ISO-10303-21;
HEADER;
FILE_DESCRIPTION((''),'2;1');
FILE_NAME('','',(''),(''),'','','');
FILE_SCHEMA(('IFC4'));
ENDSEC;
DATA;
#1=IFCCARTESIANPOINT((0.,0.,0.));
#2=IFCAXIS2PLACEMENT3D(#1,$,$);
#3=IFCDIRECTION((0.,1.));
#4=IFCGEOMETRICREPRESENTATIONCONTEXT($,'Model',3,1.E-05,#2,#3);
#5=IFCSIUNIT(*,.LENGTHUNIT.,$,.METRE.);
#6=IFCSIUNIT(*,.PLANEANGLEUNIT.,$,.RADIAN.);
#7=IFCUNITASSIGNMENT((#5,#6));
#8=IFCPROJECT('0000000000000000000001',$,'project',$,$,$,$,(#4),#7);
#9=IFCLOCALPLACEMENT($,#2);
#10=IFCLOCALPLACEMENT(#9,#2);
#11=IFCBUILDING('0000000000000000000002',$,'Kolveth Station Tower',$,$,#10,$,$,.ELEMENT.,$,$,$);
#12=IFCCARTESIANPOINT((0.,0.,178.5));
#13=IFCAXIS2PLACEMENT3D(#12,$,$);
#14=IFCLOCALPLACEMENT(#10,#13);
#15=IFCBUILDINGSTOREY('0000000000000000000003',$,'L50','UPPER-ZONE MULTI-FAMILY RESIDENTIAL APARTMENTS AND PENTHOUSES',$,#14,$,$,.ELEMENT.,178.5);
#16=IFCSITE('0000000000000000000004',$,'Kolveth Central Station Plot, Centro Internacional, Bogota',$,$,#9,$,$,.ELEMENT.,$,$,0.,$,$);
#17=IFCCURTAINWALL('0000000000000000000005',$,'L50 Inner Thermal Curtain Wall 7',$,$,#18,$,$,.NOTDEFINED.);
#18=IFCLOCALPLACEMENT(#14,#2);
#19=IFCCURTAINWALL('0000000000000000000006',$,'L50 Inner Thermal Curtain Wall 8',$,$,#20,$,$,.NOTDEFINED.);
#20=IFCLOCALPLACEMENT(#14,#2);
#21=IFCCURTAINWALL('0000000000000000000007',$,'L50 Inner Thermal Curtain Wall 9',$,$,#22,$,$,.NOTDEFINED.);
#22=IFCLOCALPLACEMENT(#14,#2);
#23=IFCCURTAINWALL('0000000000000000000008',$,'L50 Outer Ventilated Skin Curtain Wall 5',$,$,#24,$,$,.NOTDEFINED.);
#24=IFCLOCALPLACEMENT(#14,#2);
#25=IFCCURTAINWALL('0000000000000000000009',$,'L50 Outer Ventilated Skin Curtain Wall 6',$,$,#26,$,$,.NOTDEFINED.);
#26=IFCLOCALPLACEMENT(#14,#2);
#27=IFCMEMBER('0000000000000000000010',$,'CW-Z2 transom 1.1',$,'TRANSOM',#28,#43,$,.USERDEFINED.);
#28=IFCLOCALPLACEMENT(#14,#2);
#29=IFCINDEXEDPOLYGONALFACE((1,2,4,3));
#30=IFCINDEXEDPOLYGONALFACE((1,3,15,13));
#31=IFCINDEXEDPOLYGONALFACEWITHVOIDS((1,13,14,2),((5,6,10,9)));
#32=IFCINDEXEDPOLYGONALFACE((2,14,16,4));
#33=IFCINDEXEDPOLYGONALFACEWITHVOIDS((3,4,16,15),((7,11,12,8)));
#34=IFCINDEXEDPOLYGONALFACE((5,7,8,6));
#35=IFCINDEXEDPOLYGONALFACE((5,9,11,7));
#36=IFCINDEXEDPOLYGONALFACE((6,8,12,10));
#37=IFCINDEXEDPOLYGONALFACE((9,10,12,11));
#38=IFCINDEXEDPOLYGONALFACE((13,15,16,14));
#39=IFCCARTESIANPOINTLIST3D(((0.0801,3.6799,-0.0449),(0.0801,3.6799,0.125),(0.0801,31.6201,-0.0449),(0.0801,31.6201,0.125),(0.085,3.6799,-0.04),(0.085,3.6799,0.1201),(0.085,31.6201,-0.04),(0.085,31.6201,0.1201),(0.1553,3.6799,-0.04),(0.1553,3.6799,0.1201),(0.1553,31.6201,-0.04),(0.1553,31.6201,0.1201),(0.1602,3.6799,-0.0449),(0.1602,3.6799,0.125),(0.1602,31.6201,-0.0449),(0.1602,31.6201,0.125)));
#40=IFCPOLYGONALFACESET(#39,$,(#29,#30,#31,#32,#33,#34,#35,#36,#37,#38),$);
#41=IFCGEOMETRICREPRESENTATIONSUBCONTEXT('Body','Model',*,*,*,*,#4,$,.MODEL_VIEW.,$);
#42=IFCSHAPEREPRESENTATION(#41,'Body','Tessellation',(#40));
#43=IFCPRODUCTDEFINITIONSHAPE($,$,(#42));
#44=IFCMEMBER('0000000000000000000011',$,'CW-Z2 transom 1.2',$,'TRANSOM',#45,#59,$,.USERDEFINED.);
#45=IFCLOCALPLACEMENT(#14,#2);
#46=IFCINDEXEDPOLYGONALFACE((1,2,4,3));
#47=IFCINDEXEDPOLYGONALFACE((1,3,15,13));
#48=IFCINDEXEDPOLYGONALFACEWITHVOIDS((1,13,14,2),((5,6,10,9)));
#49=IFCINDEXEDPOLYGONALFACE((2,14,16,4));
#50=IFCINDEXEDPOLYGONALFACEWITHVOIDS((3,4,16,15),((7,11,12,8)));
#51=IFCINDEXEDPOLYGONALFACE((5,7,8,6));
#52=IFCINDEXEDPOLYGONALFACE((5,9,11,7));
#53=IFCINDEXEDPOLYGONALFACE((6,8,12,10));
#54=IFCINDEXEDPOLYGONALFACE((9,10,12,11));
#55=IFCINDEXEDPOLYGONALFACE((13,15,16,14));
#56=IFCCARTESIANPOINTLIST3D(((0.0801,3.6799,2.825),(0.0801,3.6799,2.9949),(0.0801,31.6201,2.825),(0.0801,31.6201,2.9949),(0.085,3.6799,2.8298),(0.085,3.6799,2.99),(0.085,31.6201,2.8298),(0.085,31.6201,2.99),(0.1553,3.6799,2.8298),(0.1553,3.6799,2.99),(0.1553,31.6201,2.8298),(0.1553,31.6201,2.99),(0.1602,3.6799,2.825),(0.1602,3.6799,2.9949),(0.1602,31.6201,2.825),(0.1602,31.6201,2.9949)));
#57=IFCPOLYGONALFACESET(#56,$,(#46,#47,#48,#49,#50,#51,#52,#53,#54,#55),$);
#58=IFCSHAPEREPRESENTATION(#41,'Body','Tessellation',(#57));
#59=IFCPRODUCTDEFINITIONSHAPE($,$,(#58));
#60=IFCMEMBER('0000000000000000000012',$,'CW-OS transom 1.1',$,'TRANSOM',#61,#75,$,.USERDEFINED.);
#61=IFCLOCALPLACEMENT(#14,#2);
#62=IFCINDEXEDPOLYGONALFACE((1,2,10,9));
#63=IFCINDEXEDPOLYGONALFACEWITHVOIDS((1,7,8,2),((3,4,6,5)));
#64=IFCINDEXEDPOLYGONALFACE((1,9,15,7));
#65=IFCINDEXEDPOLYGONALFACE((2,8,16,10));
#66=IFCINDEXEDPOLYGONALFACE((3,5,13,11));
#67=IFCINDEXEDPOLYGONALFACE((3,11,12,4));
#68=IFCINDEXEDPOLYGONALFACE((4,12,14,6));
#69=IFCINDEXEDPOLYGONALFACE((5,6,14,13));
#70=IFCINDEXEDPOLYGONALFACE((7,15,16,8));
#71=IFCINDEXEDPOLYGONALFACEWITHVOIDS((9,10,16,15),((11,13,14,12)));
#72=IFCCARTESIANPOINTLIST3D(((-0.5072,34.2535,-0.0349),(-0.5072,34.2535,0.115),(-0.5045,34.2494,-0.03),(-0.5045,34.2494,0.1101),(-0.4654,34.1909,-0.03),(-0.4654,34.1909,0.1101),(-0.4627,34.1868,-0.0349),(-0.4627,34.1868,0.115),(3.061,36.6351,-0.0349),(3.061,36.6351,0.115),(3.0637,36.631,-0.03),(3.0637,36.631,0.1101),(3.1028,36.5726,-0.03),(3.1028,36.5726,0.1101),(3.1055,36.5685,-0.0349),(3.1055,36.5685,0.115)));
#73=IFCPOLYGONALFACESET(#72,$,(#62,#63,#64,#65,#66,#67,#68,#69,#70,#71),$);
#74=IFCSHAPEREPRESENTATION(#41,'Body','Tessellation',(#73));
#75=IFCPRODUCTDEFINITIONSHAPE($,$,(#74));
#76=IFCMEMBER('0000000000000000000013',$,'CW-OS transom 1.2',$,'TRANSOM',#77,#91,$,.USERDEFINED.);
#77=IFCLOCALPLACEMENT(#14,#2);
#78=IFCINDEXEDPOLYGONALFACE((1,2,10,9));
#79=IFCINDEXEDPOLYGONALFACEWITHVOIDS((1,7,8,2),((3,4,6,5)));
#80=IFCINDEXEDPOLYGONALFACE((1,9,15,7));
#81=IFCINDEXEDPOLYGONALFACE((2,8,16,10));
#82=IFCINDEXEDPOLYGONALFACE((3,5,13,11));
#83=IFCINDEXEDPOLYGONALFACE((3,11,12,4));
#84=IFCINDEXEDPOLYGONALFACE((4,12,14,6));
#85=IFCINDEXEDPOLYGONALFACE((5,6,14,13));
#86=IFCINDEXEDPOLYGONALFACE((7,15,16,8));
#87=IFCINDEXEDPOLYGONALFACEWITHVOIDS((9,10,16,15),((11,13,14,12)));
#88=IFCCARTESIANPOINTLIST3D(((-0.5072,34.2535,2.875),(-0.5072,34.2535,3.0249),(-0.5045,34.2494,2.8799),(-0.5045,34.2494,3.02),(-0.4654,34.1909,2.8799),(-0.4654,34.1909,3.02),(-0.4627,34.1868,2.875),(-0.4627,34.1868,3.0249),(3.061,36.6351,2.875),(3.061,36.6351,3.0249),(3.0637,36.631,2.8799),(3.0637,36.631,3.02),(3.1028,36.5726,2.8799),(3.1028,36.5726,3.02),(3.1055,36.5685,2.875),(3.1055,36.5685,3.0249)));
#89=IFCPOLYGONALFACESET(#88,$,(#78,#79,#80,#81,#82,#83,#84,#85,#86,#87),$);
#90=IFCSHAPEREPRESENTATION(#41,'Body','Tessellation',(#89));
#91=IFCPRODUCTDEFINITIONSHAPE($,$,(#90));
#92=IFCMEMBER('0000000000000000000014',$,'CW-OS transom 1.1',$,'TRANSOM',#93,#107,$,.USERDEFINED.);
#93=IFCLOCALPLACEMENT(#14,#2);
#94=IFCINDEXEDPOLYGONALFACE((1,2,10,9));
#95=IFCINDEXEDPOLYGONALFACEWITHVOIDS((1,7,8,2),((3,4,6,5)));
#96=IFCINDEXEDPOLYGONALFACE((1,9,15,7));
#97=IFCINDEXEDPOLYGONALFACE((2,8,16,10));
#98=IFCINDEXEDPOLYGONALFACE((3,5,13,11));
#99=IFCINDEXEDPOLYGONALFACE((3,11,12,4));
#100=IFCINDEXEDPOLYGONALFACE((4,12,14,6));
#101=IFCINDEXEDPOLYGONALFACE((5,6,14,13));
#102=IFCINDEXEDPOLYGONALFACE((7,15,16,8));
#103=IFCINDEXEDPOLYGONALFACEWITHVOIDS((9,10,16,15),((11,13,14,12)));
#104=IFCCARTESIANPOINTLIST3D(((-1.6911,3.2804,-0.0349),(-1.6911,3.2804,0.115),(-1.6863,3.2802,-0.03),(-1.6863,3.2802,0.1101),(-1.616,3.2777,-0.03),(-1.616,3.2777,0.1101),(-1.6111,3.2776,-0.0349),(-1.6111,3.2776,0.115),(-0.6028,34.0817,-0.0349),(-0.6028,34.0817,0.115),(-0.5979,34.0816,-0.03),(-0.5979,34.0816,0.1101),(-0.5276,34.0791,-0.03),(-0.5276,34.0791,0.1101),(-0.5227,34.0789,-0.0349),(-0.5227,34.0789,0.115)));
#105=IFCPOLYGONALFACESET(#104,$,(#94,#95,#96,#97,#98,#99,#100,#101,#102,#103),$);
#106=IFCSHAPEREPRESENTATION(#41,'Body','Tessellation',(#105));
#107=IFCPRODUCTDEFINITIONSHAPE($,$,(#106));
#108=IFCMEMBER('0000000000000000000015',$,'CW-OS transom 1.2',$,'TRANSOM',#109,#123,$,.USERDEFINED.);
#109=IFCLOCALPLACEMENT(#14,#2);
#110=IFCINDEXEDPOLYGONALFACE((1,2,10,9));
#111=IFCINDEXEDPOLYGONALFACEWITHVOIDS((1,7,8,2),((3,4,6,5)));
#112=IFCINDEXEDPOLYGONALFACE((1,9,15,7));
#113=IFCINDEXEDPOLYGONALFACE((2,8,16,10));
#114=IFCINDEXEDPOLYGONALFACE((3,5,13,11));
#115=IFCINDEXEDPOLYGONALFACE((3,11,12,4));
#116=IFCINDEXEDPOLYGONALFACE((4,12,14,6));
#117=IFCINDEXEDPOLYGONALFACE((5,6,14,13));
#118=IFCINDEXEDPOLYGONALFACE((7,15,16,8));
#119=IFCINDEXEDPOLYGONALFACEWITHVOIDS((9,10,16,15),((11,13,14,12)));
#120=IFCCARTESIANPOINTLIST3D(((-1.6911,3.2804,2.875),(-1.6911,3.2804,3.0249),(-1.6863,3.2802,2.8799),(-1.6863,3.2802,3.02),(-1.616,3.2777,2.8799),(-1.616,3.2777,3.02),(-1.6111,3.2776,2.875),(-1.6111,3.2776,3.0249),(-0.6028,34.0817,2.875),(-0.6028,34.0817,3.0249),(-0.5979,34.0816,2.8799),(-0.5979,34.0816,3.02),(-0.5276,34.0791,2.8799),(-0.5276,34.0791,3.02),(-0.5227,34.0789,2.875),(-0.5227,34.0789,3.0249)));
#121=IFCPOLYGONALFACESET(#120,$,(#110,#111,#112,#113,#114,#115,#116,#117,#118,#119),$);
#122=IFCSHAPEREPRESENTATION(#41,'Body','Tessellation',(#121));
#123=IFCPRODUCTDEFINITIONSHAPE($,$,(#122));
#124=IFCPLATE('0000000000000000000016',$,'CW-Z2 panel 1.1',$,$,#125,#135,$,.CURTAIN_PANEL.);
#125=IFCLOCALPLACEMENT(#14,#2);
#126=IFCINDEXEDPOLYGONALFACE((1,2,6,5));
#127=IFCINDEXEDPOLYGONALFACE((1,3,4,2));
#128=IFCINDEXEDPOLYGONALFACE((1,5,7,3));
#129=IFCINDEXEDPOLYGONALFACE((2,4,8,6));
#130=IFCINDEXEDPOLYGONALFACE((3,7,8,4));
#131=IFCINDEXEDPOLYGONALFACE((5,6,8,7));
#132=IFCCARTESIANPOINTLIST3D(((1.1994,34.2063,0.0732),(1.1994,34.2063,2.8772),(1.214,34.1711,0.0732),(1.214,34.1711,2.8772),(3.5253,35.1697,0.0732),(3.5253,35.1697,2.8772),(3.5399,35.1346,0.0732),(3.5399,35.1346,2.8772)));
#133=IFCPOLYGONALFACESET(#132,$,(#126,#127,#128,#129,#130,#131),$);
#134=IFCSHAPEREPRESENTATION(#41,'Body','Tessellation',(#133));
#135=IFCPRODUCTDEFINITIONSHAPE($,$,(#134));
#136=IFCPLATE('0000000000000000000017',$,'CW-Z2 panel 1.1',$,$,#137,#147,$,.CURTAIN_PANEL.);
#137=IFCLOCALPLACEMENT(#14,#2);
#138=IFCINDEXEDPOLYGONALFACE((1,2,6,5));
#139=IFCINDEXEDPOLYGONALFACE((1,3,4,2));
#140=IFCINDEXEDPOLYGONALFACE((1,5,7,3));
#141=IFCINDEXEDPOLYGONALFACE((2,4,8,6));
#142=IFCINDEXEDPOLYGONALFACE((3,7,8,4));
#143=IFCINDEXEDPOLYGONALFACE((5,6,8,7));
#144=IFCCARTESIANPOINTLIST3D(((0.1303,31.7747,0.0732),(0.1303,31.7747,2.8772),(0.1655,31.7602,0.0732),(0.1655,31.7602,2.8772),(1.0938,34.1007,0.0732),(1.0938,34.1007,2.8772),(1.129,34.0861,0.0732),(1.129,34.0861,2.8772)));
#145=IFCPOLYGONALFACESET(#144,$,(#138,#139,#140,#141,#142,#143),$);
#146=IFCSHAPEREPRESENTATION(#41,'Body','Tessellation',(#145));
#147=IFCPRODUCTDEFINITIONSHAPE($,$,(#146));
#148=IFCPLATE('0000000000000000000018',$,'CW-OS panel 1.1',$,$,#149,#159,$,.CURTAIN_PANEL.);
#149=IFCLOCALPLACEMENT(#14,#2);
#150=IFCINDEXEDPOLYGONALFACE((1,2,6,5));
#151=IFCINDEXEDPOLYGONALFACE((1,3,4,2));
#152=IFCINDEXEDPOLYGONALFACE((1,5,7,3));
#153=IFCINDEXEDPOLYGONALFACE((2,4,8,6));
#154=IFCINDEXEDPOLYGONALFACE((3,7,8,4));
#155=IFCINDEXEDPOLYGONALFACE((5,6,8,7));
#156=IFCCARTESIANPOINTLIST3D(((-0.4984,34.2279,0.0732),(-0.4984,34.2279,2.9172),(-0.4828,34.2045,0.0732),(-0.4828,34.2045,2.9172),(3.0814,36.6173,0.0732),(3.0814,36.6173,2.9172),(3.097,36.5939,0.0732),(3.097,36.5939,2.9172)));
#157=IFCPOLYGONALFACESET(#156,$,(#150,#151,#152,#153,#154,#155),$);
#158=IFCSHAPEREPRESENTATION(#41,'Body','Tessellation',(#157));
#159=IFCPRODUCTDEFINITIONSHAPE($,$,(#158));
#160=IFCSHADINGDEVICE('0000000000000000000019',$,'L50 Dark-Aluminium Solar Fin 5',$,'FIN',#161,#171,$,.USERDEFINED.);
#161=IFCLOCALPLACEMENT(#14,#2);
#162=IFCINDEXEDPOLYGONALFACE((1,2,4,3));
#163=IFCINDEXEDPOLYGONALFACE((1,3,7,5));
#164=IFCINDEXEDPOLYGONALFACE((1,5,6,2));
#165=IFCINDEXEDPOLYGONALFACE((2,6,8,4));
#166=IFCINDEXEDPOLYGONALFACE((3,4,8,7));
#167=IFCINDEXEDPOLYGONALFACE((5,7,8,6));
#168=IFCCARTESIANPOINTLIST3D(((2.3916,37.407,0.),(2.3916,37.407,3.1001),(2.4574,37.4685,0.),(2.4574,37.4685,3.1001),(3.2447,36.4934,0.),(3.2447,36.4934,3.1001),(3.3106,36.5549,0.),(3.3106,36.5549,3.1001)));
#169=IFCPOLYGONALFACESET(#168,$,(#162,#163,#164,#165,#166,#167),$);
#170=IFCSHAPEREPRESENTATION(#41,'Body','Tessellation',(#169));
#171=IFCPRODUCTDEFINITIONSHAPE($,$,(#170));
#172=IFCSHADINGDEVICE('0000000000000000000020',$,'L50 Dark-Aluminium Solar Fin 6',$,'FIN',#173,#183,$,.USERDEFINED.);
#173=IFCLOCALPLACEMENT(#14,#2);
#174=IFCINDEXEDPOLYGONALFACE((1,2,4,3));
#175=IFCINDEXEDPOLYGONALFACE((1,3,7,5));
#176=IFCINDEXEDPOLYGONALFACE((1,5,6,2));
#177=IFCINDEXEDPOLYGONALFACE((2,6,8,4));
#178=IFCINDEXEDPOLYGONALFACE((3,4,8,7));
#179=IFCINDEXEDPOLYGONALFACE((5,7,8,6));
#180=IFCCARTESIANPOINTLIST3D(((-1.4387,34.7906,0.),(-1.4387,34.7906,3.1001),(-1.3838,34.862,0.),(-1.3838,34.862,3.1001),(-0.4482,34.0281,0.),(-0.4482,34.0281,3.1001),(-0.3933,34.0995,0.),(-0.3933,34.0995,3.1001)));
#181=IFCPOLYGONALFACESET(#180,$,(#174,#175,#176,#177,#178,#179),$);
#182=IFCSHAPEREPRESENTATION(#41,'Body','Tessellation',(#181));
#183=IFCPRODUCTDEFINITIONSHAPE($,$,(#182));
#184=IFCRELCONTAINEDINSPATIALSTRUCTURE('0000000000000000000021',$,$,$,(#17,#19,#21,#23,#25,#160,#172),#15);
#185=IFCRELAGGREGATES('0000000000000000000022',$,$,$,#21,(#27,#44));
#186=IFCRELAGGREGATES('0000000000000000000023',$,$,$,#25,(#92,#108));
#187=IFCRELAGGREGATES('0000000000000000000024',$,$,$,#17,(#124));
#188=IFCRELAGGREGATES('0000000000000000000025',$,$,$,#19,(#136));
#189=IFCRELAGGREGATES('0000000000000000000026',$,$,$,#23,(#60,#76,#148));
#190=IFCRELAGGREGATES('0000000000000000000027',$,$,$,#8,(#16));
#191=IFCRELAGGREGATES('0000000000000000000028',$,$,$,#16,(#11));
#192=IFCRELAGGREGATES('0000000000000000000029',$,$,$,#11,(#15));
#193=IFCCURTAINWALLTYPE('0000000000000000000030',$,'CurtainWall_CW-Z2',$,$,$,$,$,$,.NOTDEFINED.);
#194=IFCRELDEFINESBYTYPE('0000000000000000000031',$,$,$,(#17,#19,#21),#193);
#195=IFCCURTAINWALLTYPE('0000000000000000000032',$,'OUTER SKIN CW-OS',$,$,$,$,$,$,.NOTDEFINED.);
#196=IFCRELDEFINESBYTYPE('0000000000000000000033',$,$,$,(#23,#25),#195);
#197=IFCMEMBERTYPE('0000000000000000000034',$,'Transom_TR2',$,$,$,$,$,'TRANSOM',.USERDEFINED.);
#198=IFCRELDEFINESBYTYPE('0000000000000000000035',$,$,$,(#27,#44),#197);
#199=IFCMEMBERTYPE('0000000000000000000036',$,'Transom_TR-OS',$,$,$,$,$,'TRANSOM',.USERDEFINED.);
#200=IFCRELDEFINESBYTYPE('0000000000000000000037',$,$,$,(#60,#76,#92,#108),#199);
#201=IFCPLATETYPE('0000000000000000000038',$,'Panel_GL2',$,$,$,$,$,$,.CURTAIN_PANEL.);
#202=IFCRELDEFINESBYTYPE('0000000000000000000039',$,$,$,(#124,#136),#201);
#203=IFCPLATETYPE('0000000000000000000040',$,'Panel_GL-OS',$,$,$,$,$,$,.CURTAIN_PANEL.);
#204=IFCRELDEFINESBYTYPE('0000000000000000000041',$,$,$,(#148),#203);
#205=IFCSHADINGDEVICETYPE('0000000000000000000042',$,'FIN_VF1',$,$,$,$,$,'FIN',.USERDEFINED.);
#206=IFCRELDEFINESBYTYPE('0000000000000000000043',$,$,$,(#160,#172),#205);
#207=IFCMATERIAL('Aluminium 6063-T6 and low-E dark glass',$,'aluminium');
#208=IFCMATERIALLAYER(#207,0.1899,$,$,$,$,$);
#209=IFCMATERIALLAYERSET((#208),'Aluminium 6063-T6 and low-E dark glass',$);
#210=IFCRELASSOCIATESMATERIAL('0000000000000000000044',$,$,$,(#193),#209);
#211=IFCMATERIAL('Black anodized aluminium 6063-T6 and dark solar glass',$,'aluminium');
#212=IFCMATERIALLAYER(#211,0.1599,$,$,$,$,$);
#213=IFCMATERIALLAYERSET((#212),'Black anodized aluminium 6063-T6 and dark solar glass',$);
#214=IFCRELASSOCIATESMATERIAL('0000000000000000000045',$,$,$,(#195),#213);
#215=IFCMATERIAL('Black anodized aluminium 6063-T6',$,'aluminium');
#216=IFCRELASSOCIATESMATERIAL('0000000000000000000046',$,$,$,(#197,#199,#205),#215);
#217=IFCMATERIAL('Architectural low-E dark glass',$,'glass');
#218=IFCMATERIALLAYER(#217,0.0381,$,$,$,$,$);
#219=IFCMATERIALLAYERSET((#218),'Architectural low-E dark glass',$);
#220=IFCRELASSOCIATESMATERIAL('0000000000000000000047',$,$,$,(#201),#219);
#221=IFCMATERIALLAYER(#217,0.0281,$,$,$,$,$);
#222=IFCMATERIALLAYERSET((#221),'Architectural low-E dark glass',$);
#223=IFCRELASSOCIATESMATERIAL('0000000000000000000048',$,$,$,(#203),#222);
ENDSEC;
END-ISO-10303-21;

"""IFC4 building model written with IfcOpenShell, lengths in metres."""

from ifc_helpers import new_model, si_unit, direction, frame, origin, origin_2d, place, context, subcontext, project, spatial, rectangle, hollow_rectangle, extrude, source, transform, mapped, material, layer, layer_set, material_profile, profile_set, type_object, element, aggregate, save


model = new_model("IFC4")

# Units and contexts
model_context = context("Model", 3, precision=1e-05, world=origin(), true_north=direction((0.0, 1.0)))
body_context = subcontext(model_context, "Body", "Model", "MODEL_VIEW")
ifc_project = project(units=[si_unit("LENGTHUNIT", "METRE"), si_unit("PLANEANGLEUNIT", "RADIAN")], contexts=[model_context])

# Site, building, storey
site_placement = place(None, origin())
site = spatial("IfcSite", under=ifc_project, at=site_placement, Name="Kolveth Central Station Plot, Centro Internacional, Bogota", CompositionType="ELEMENT", RefElevation=0.0)
building_placement = place(site_placement, origin())
building = spatial("IfcBuilding", under=site, at=building_placement, Name="Kolveth Station Tower", CompositionType="ELEMENT")
storey_placement = place(building_placement, frame((0.0, 0.0, 178.5)))
storey = spatial("IfcBuildingStorey", under=building, at=storey_placement, Name="L50", Description="UPPER-ZONE MULTI-FAMILY RESIDENTIAL APARTMENTS AND PENTHOUSES", CompositionType="ELEMENT", Elevation=178.5)

# Curtain wall
ifc_material_1 = material(Name="Aluminium 6063-T6 and low-E dark glass", Category="aluminium")
ifc_layer_1 = layer(ifc_material_1, 0.1899)
ifc_layer_set_1 = layer_set([ifc_layer_1], Name="Aluminium 6063-T6 and low-E dark glass")
curtain_wall_type_1 = type_object("IfcCurtainWallType", Name="CurtainWall_CW-Z2", PredefinedType="NOTDEFINED", material=ifc_layer_set_1)
curtain_wall_1_placement = place(storey_placement, origin())
curtain_wall_1 = element("IfcCurtainWall", 1, at=curtain_wall_1_placement, inside=storey, type_object=curtain_wall_type_1, Name="L50 Inner Thermal Curtain Wall 7", PredefinedType="NOTDEFINED")
ifc_material_2 = material(Name="Black anodized aluminium 6063-T6", Category="aluminium")

# Curtain wall
curtain_wall_2_placement = place(storey_placement, origin())
curtain_wall_2 = element("IfcCurtainWall", 2, at=curtain_wall_2_placement, inside=storey, type_object=curtain_wall_type_1, Name="L50 Inner Thermal Curtain Wall 8", PredefinedType="NOTDEFINED")

# Curtain wall
curtain_wall_3_placement = place(storey_placement, origin())
curtain_wall_3 = element("IfcCurtainWall", 3, at=curtain_wall_3_placement, inside=storey, type_object=curtain_wall_type_1, Name="L50 Inner Thermal Curtain Wall 9", PredefinedType="NOTDEFINED")
ifc_material_3 = material(Name="Black anodized aluminium 6063-T6 and dark solar glass", Category="aluminium")
ifc_layer_2 = layer(ifc_material_3, 0.1599)
ifc_layer_set_2 = layer_set([ifc_layer_2], Name="Black anodized aluminium 6063-T6 and dark solar glass")
curtain_wall_type_2 = type_object("IfcCurtainWallType", Name="OUTER SKIN CW-OS", PredefinedType="NOTDEFINED", material=ifc_layer_set_2)

# Curtain wall
curtain_wall_4_placement = place(storey_placement, origin())
curtain_wall_4 = element("IfcCurtainWall", 4, at=curtain_wall_4_placement, inside=storey, type_object=curtain_wall_type_2, Name="L50 Outer Ventilated Skin Curtain Wall 5", PredefinedType="NOTDEFINED")

# Curtain wall
curtain_wall_5_placement = place(storey_placement, origin())
curtain_wall_5 = element("IfcCurtainWall", 5, at=curtain_wall_5_placement, inside=storey, type_object=curtain_wall_type_2, Name="L50 Outer Ventilated Skin Curtain Wall 6", PredefinedType="NOTDEFINED")

# Members
ifc_material_profile_1 = material_profile(ifc_material_2, hollow_rectangle(XDim=0.0801, YDim=0.1699, WallThickness=0.0049, at=origin_2d()), Name="ALU-80x170x5")
ifc_profile_set_1 = profile_set([ifc_material_profile_1], Name="Black anodized aluminium 6063-T6")
member_type_1 = type_object("IfcMemberType", Name="Transom_TR2", ElementType="TRANSOM", PredefinedType="USERDEFINED", material=ifc_profile_set_1)
shared_shape_1 = source(origin(), body_context, "Body", "SweptSolid", [
    extrude(hollow_rectangle(XDim=0.0801, YDim=0.1699, WallThickness=0.0049, at=origin_2d()), origin(), (0.0, 0.0, 1.0), 27.9402),
])
member_1_placement = place(storey_placement, frame((0.1201, 31.6201, 0.04), z_axis=(0.0, -1.0, 0.0), x_axis=(1.0, 0.0, 0.0)))
member_1 = element("IfcMember", 6, at=member_1_placement, type_object=member_type_1, Name="CW-Z2 transom 1.1", ObjectType="TRANSOM", PredefinedType="USERDEFINED", context=body_context, shape_type="MappedRepresentation", body=[
    mapped(shared_shape_1, transform((0.0, 0.0, 0.0), x_axis=(1.0, 0.0, 0.0), y_axis=(0.0, 1.0, 0.0), z_axis=(0.0, 0.0, 1.0), scale=1.0)),
])
member_2_placement = place(storey_placement, frame((0.1201, 31.6201, 2.9099), z_axis=(0.0, -1.0, 0.0), x_axis=(1.0, 0.0, 0.0)))
member_2 = element("IfcMember", 7, at=member_2_placement, type_object=member_type_1, Name="CW-Z2 transom 1.2", ObjectType="TRANSOM", PredefinedType="USERDEFINED", context=body_context, shape_type="MappedRepresentation", body=[
    mapped(shared_shape_1, transform((0.0, 0.0, 0.0), x_axis=(1.0, 0.0, 0.0), y_axis=(0.0, 1.0, 0.0), z_axis=(0.0, 0.0, 1.0), scale=1.0)),
])
aggregate(curtain_wall_3, [member_1, member_2])
ifc_material_profile_2 = material_profile(ifc_material_2, hollow_rectangle(XDim=0.0801, YDim=0.1499, WallThickness=0.0049, at=origin_2d()), Name="ALU-80x150x5")
ifc_profile_set_2 = profile_set([ifc_material_profile_2], Name="Black anodized aluminium 6063-T6")
member_type_2 = type_object("IfcMemberType", Name="Transom_TR-OS", ElementType="TRANSOM", PredefinedType="USERDEFINED", material=ifc_profile_set_2)
shared_shape_2 = source(origin(), body_context, "Body", "SweptSolid", [
    extrude(hollow_rectangle(XDim=0.0801, YDim=0.1499, WallThickness=0.0049, at=origin_2d()), origin(), (0.0, 0.0, 1.0), 4.29),
])
member_3_placement = place(storey_placement, frame((3.0833, 36.6018, 0.04), z_axis=(-0.831744, -0.55516, 0.0), x_axis=(0.55516, -0.831744, 0.0)))
member_3 = element("IfcMember", 8, at=member_3_placement, type_object=member_type_2, Name="CW-OS transom 1.1", ObjectType="TRANSOM", PredefinedType="USERDEFINED", context=body_context, shape_type="MappedRepresentation", body=[
    mapped(shared_shape_2, transform((0.0, 0.0, 0.0), x_axis=(1.0, 0.0, 0.0), y_axis=(0.0, 1.0, 0.0), z_axis=(0.0, 0.0, 1.0), scale=1.0)),
])
member_4_placement = place(storey_placement, frame((3.0833, 36.6018, 2.95), z_axis=(-0.831744, -0.55516, 0.0), x_axis=(0.55516, -0.831744, 0.0)))
member_4 = element("IfcMember", 9, at=member_4_placement, type_object=member_type_2, Name="CW-OS transom 1.2", ObjectType="TRANSOM", PredefinedType="USERDEFINED", context=body_context, shape_type="MappedRepresentation", body=[
    mapped(shared_shape_2, transform((0.0, 0.0, 0.0), x_axis=(1.0, 0.0, 0.0), y_axis=(0.0, 1.0, 0.0), z_axis=(0.0, 0.0, 1.0), scale=1.0)),
])
shared_shape_3 = source(origin(), body_context, "Body", "SweptSolid", [
    extrude(hollow_rectangle(XDim=0.0801, YDim=0.1499, WallThickness=0.0049, at=origin_2d()), origin(), (0.0, 0.0, 1.0), 30.8206),
])
member_5_placement = place(storey_placement, frame((-0.5627, 34.0803, 0.04), z_axis=(-0.035313, -0.999376, 0.0), x_axis=(0.999376, -0.035313, 0.0)))
member_5 = element("IfcMember", 10, at=member_5_placement, type_object=member_type_2, Name="CW-OS transom 1.1", ObjectType="TRANSOM", PredefinedType="USERDEFINED", context=body_context, shape_type="MappedRepresentation", body=[
    mapped(shared_shape_3, transform((0.0, 0.0, 0.0), x_axis=(1.0, 0.0, 0.0), y_axis=(0.0, 1.0, 0.0), z_axis=(0.0, 0.0, 1.0), scale=1.0)),
])
member_6_placement = place(storey_placement, frame((-0.5627, 34.0803, 2.95), z_axis=(-0.035313, -0.999376, 0.0), x_axis=(0.999376, -0.035313, 0.0)))
member_6 = element("IfcMember", 11, at=member_6_placement, type_object=member_type_2, Name="CW-OS transom 1.2", ObjectType="TRANSOM", PredefinedType="USERDEFINED", context=body_context, shape_type="MappedRepresentation", body=[
    mapped(shared_shape_3, transform((0.0, 0.0, 0.0), x_axis=(1.0, 0.0, 0.0), y_axis=(0.0, 1.0, 0.0), z_axis=(0.0, 0.0, 1.0), scale=1.0)),
])
aggregate(curtain_wall_5, [member_5, member_6])

# Plates
ifc_material_4 = material(Name="Architectural low-E dark glass", Category="glass")
ifc_layer_3 = layer(ifc_material_4, 0.0381)
ifc_layer_set_3 = layer_set([ifc_layer_3], Name="Architectural low-E dark glass")
plate_type_1 = type_object("IfcPlateType", Name="Panel_GL2", PredefinedType="CURTAIN_PANEL", material=ifc_layer_set_3)
shared_shape_4 = source(origin(), body_context, "Body", "SweptSolid", [
    extrude(rectangle(XDim=2.5176, YDim=0.0381, at=origin_2d()), origin(), (0.0, 0.0, 1.0), 2.804),
])
plate_1_placement = place(storey_placement, frame((2.3696, 34.6704, 0.0732), z_axis=(0.0, 0.0, 1.0), x_axis=(-0.923874, -0.382698, 0.0)))
plate_1 = element("IfcPlate", 12, at=plate_1_placement, type_object=plate_type_1, Name="CW-Z2 panel 1.1", PredefinedType="CURTAIN_PANEL", context=body_context, shape_type="MappedRepresentation", body=[
    mapped(shared_shape_4, transform((0.0, 0.0, 0.0), x_axis=(1.0, 0.0, 0.0), y_axis=(0.0, 1.0, 0.0), z_axis=(0.0, 0.0, 1.0), scale=1.0)),
])
aggregate(curtain_wall_1, [plate_1])
plate_2_placement = place(storey_placement, frame((0.6296, 32.9304, 0.0732), z_axis=(0.0, 0.0, 1.0), x_axis=(-0.382698, -0.923874, 0.0)))
plate_2 = element("IfcPlate", 13, at=plate_2_placement, type_object=plate_type_1, Name="CW-Z2 panel 1.1", PredefinedType="CURTAIN_PANEL", context=body_context, shape_type="MappedRepresentation", body=[
    mapped(shared_shape_4, transform((0.0, 0.0, 0.0), x_axis=(1.0, 0.0, 0.0), y_axis=(0.0, 1.0, 0.0), z_axis=(0.0, 0.0, 1.0), scale=1.0)),
])
aggregate(curtain_wall_2, [plate_2])
ifc_layer_4 = layer(ifc_material_4, 0.0281)
ifc_layer_set_4 = layer_set([ifc_layer_4], Name="Architectural low-E dark glass")
plate_type_2 = type_object("IfcPlateType", Name="Panel_GL-OS", PredefinedType="CURTAIN_PANEL", material=ifc_layer_set_4)
shared_shape_5 = source(origin(), body_context, "Body", "SweptSolid", [
    extrude(rectangle(XDim=4.304, YDim=0.0281, at=origin_2d()), origin(), (0.0, 0.0, 1.0), 2.844),
])
plate_3_placement = place(storey_placement, frame((1.2993, 35.4109, 0.0732), z_axis=(0.0, 0.0, 1.0), x_axis=(-0.831744, -0.55516, 0.0)))
plate_3 = element("IfcPlate", 14, at=plate_3_placement, type_object=plate_type_2, Name="CW-OS panel 1.1", PredefinedType="CURTAIN_PANEL", context=body_context, shape_type="MappedRepresentation", body=[
    mapped(shared_shape_5, transform((0.0, 0.0, 0.0), x_axis=(1.0, 0.0, 0.0), y_axis=(0.0, 1.0, 0.0), z_axis=(0.0, 0.0, 1.0), scale=1.0)),
])
aggregate(curtain_wall_4, [member_3, member_4, plate_3])

# Shading devices
shading_device_type = type_object("IfcShadingDeviceType", Name="FIN_VF1", ElementType="FIN", PredefinedType="USERDEFINED", material=ifc_material_2)
shared_shape_6 = source(origin(), body_context, "Body", "SweptSolid", [
    extrude(rectangle(XDim=1.25, YDim=0.0901, at=origin_2d()), origin(), (0.0, 0.0, 1.0), 3.1001),
])
for number, where, z_axis, x_axis, name in (
    (15, (2.8511, 36.981, 0.0), (0.0, 0.0, 1.0), (-0.682509, 0.730877, 0.0), "L50 Dark-Aluminium Solar Fin 5"),
    (16, (-0.916, 34.4451, 0.0), (0.0, 0.0, 1.0), (-0.792396, 0.610007, 0.0), "L50 Dark-Aluminium Solar Fin 6"),
):
    element("IfcShadingDevice", number, at=place(storey_placement, frame(where, z_axis=z_axis, x_axis=x_axis)), inside=storey, type_object=shading_device_type, Name=name, ObjectType="FIN", PredefinedType="USERDEFINED", context=body_context, shape_type="MappedRepresentation", body=[
        mapped(shared_shape_6, transform((0.0, 0.0, 0.0), x_axis=(1.0, 0.0, 0.0), y_axis=(0.0, 1.0, 0.0), z_axis=(0.0, 0.0, 1.0), scale=1.0)),
    ])

save(model, "model.ifc")
